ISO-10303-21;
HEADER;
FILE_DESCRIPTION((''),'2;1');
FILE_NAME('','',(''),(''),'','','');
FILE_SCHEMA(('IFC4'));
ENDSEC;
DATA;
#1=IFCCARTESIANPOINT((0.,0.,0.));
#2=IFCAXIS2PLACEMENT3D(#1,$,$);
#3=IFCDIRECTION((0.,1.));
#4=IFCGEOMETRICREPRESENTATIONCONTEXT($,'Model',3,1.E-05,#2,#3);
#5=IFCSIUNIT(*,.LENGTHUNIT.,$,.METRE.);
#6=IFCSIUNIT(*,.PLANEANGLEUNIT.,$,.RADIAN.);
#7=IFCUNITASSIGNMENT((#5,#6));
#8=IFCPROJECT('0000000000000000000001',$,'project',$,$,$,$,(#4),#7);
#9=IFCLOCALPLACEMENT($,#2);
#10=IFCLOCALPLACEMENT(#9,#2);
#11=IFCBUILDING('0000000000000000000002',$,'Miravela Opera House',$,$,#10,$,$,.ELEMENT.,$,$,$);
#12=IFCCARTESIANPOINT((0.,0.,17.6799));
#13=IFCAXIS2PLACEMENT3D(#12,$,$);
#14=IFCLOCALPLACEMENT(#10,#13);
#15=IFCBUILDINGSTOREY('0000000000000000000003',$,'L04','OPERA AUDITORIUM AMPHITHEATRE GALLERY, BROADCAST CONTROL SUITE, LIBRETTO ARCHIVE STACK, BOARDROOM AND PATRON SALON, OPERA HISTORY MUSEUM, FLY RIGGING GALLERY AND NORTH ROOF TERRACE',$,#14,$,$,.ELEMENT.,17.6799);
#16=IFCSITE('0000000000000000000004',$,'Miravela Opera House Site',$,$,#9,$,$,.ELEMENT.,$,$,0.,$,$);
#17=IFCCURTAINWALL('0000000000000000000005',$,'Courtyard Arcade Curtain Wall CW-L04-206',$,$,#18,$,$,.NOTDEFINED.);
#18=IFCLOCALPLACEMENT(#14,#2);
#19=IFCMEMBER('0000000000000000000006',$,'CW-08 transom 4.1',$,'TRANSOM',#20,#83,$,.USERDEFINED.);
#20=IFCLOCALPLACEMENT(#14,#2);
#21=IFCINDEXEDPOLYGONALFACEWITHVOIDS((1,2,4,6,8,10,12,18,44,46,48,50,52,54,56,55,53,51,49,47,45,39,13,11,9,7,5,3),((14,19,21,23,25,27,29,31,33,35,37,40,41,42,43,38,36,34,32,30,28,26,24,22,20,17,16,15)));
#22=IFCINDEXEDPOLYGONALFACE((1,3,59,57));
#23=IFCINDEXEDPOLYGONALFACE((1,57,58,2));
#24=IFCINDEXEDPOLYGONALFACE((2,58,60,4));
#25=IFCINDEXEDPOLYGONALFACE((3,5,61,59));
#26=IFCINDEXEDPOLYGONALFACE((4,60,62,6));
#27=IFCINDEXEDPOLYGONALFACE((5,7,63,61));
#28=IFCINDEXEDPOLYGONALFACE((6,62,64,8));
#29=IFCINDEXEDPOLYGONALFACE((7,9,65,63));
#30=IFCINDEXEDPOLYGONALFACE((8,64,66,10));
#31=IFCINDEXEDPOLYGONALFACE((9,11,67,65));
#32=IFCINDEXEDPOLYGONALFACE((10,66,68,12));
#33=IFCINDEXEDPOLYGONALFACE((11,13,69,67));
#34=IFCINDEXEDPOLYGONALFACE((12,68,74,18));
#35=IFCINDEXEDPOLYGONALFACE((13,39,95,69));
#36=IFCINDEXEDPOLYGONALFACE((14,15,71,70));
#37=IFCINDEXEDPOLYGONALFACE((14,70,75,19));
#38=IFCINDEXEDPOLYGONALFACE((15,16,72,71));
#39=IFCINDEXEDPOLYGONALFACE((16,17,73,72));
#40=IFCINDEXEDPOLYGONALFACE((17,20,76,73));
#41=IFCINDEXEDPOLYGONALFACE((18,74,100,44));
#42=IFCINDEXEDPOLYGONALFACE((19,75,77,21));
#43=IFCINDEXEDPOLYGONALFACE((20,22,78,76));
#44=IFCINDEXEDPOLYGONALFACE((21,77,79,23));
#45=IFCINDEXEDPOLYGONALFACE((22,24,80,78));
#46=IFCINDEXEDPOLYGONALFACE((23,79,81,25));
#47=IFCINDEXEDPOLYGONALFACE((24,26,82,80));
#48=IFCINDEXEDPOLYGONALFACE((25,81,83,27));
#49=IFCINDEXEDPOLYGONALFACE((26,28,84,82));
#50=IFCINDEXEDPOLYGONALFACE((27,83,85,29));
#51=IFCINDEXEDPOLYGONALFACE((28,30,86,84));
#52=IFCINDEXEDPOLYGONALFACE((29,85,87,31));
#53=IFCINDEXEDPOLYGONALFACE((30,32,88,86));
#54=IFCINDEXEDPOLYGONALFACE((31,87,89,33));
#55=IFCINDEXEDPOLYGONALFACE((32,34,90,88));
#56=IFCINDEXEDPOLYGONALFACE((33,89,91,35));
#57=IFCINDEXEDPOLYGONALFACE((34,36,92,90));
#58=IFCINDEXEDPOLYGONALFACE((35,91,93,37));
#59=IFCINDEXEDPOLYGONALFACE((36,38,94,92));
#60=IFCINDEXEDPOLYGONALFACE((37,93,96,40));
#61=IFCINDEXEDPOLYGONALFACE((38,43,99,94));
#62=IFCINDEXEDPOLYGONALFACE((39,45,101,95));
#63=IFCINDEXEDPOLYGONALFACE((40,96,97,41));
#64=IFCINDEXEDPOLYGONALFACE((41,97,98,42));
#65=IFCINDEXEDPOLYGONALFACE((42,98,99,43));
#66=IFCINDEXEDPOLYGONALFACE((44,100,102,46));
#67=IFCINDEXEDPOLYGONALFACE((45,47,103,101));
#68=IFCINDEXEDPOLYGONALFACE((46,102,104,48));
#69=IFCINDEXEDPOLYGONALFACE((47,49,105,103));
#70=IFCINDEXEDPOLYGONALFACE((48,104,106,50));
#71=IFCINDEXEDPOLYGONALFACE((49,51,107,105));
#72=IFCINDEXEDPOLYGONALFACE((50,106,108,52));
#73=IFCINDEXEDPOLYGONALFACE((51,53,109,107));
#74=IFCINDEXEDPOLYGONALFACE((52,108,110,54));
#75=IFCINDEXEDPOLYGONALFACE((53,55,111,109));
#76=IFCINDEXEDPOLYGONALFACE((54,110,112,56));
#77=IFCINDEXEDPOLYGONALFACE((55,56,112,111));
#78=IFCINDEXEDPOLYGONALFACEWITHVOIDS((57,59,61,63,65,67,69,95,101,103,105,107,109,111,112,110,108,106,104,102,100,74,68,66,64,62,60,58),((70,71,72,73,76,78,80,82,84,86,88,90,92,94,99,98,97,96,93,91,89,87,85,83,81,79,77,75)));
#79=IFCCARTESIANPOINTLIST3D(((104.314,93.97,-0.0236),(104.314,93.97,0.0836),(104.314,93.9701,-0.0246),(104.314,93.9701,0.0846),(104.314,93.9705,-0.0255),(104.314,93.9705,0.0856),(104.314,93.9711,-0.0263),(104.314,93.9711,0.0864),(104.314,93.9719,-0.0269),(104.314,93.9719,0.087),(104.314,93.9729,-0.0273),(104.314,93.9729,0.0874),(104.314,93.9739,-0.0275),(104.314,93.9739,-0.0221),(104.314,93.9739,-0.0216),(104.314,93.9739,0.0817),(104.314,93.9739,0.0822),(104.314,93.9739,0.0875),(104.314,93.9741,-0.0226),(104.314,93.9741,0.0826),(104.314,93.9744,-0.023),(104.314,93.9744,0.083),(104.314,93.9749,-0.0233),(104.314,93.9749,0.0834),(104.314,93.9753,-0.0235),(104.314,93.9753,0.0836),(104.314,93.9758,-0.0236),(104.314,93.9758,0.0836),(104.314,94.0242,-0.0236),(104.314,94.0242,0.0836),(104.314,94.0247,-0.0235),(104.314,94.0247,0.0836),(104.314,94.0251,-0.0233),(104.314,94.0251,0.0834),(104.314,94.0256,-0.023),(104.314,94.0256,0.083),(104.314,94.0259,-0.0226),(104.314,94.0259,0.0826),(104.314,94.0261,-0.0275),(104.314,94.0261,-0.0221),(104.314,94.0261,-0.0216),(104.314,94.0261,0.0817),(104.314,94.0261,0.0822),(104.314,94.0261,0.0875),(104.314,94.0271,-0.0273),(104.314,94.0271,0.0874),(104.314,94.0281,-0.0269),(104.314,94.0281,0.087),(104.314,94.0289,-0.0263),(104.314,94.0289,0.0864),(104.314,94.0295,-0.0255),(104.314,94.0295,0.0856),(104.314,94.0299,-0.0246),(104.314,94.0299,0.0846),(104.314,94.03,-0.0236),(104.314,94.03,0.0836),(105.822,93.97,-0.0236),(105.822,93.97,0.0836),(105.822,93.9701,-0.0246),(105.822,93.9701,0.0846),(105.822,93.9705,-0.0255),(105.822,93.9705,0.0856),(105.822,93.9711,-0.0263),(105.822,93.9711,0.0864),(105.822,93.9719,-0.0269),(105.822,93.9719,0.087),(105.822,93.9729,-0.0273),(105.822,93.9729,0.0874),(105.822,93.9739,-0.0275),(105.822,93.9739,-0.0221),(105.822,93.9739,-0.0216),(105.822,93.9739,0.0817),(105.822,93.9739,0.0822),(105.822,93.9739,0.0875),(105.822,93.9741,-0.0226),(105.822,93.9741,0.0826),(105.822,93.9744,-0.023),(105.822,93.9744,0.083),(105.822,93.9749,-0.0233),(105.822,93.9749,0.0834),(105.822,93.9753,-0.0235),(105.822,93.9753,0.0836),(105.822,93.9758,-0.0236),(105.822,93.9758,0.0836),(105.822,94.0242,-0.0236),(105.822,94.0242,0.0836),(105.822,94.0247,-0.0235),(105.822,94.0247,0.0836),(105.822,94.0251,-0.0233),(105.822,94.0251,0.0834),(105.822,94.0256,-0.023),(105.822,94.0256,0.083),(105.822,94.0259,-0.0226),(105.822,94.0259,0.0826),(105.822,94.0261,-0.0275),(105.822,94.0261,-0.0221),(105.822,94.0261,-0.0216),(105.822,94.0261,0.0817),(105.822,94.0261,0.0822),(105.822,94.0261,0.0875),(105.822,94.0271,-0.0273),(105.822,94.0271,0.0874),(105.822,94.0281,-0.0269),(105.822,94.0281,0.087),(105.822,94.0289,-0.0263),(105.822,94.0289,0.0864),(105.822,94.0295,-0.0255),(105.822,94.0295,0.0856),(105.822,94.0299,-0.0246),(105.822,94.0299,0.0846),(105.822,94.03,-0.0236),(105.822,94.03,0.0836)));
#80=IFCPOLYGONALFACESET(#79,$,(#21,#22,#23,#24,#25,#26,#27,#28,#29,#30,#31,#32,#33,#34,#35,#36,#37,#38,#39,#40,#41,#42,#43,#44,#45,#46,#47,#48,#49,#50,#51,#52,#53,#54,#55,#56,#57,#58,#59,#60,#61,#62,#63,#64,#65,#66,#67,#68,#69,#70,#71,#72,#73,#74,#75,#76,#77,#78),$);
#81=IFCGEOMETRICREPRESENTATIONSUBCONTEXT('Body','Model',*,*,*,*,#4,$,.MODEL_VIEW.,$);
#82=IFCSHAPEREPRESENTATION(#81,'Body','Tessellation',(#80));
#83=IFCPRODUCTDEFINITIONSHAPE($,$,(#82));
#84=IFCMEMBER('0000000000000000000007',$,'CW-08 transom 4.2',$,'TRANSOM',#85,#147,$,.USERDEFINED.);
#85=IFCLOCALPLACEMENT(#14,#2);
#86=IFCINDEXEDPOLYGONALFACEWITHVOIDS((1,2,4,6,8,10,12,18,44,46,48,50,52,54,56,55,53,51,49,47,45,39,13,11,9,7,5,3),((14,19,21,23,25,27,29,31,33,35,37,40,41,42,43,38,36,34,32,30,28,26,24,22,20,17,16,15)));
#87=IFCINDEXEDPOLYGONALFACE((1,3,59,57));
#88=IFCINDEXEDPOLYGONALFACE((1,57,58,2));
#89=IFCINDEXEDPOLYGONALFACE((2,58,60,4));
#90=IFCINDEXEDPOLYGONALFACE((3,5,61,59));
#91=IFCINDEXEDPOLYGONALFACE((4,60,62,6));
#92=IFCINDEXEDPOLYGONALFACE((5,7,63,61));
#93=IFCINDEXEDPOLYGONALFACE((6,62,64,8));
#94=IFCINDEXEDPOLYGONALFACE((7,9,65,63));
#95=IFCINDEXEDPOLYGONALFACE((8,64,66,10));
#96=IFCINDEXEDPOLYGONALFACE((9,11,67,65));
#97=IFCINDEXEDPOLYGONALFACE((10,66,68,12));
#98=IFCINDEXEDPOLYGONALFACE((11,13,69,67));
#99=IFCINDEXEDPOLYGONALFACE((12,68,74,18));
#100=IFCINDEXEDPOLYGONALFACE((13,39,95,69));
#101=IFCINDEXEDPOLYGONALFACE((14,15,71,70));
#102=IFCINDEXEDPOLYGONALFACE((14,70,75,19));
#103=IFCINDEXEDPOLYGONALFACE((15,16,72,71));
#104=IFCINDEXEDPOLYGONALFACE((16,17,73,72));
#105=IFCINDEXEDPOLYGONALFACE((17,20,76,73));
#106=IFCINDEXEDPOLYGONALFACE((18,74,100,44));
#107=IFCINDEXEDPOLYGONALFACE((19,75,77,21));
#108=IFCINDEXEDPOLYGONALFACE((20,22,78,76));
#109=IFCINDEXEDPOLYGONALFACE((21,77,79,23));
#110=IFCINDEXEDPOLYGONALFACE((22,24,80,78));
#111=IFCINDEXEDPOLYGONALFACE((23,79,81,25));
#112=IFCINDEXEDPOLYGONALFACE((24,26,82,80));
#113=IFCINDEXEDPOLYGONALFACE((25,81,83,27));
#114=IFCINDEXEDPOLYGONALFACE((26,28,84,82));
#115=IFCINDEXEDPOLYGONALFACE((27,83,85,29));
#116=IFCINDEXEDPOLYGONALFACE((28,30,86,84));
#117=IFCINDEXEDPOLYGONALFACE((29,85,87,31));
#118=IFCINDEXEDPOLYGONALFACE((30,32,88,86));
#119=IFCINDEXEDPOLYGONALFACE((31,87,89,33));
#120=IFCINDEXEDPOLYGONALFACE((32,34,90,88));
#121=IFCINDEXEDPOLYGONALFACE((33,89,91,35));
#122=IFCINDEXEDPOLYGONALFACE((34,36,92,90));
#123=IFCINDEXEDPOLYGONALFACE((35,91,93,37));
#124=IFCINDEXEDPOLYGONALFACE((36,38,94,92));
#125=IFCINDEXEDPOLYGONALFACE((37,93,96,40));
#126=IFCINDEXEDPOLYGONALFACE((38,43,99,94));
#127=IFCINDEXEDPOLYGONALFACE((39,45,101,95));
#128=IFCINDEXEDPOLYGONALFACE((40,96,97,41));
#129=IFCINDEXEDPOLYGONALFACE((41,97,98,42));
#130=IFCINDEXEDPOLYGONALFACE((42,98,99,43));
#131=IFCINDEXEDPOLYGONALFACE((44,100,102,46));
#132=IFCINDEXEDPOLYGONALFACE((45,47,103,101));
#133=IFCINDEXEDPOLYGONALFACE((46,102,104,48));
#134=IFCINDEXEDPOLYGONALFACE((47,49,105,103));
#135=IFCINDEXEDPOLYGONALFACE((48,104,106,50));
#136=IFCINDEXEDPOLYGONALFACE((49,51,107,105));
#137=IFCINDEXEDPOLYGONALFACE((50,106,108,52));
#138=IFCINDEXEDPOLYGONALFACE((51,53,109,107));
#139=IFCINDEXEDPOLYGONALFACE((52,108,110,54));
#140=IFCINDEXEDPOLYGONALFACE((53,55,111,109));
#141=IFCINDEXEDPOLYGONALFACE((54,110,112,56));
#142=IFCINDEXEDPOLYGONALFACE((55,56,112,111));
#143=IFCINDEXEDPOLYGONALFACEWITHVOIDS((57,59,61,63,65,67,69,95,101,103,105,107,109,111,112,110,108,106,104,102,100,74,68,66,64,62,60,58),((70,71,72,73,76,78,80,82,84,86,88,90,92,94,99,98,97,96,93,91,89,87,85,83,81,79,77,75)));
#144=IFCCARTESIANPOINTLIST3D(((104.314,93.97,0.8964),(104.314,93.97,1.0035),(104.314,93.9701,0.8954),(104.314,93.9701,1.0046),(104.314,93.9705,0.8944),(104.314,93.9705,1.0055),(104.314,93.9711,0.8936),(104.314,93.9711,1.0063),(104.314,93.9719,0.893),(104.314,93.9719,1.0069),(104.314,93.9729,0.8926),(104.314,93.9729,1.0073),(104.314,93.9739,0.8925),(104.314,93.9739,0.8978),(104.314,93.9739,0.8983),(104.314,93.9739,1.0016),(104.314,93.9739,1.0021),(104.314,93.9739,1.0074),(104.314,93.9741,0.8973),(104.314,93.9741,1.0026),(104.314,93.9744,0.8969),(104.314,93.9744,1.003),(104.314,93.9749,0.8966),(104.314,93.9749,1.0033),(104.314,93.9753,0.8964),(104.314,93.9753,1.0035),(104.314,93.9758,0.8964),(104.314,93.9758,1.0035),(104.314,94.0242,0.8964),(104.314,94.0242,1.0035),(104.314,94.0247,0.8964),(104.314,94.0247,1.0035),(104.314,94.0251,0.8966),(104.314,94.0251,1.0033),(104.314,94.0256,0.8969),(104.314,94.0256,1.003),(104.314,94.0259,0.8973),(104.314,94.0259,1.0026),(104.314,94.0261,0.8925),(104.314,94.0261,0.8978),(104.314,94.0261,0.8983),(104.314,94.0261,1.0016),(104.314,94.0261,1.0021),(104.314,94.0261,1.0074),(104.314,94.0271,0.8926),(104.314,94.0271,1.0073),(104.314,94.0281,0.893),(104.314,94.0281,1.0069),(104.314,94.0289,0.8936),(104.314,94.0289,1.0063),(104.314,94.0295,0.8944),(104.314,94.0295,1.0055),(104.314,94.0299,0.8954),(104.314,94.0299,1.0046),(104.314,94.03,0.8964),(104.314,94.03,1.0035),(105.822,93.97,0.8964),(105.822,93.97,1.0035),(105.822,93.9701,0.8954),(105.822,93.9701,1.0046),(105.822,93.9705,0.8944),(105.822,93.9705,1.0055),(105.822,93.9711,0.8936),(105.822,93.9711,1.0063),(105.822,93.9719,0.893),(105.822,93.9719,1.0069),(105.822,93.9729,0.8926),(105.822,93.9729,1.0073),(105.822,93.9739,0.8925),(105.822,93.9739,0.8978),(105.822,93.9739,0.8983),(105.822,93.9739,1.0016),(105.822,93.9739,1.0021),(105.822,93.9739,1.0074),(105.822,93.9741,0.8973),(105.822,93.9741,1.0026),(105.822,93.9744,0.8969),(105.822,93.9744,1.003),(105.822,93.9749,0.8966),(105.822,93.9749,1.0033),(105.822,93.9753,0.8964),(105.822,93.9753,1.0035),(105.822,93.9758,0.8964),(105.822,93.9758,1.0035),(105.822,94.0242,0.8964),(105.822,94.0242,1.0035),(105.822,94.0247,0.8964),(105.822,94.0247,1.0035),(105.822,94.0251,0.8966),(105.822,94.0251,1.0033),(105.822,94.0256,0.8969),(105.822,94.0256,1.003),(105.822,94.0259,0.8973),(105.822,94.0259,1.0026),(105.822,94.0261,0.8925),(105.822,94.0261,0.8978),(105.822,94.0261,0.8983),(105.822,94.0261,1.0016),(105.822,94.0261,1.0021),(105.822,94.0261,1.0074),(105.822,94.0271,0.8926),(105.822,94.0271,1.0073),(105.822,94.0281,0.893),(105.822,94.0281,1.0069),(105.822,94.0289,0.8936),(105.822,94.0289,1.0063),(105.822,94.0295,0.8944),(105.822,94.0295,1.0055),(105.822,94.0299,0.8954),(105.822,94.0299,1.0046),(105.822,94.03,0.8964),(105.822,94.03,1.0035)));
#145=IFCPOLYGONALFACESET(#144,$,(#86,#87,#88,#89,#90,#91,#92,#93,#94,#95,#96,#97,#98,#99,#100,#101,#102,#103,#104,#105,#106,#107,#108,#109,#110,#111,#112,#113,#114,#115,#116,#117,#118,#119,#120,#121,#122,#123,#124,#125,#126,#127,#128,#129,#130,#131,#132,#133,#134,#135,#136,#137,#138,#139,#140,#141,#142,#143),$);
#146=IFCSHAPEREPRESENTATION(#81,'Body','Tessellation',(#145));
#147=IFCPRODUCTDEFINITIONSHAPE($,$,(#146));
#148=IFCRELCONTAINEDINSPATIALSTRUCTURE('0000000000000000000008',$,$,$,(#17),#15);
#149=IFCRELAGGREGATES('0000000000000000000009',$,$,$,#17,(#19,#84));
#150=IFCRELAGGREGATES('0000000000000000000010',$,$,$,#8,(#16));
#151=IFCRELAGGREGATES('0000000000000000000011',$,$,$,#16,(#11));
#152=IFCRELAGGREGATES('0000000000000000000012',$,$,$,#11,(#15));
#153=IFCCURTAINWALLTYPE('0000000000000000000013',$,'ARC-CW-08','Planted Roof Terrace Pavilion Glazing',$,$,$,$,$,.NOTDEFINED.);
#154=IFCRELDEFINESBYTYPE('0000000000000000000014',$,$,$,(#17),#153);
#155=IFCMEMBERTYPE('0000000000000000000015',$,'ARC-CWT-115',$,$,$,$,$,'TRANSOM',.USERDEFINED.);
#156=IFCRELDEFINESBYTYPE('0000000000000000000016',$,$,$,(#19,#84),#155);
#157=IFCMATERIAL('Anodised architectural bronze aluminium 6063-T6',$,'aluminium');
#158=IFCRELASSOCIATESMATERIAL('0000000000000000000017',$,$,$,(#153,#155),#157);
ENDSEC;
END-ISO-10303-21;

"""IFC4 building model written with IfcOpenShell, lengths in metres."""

from ifc_helpers import new_model, si_unit, direction, frame, origin, origin_2d, place, context, subcontext, project, spatial, hollow_rectangle, extrude, material, material_profile, profile_set, type_object, element, aggregate, save


model = new_model("IFC4")

# Units and contexts
model_context = context("Model", 3, precision=1e-05, world=origin(), true_north=direction((0.0, 1.0)))
body_context = subcontext(model_context, "Body", "Model", "MODEL_VIEW")
ifc_project = project(units=[si_unit("LENGTHUNIT", "METRE"), si_unit("PLANEANGLEUNIT", "RADIAN")], contexts=[model_context])

# Site, building, storey
site_placement = place(None, origin())
site = spatial("IfcSite", under=ifc_project, at=site_placement, Name="Miravela Opera House Site", CompositionType="ELEMENT", RefElevation=0.0)
building_placement = place(site_placement, origin())
building = spatial("IfcBuilding", under=site, at=building_placement, Name="Miravela Opera House", CompositionType="ELEMENT")
storey_placement = place(building_placement, frame((0.0, 0.0, 17.6799)))
storey = spatial("IfcBuildingStorey", under=building, at=storey_placement, Name="L04", Description="OPERA AUDITORIUM AMPHITHEATRE GALLERY, BROADCAST CONTROL SUITE, LIBRETTO ARCHIVE STACK, BOARDROOM AND PATRON SALON, OPERA HISTORY MUSEUM, FLY RIGGING GALLERY AND NORTH ROOF TERRACE", CompositionType="ELEMENT", Elevation=17.6799)

# Curtain wall, members
ifc_material_1 = material(Name="Anodised architectural bronze aluminium 6063-T6", Category="aluminium")
curtain_wall_type = type_object("IfcCurtainWallType", Name="ARC-CW-08", Description="Planted Roof Terrace Pavilion Glazing", PredefinedType="NOTDEFINED", material=ifc_material_1)
curtain_wall_placement = place(storey_placement, origin())
curtain_wall = element("IfcCurtainWall", 1, at=curtain_wall_placement, inside=storey, type_object=curtain_wall_type, Name="Courtyard Arcade Curtain Wall CW-L04-206", PredefinedType="NOTDEFINED")
ifc_material_profile_1 = material_profile(ifc_material_1, hollow_rectangle(XDim=0.0601, YDim=0.115, WallThickness=0.0039, InnerFilletRadius=0.002, OuterFilletRadius=0.0039, at=origin_2d()), Name="CWT-60X115")
ifc_profile_set_1 = profile_set([ifc_material_profile_1])
member_type_1 = type_object("IfcMemberType", Name="ARC-CWT-115", ElementType="TRANSOM", PredefinedType="USERDEFINED", material=ifc_profile_set_1)
member_1_placement = place(storey_placement, frame((104.314, 94.0, 0.03), z_axis=(1.0, 0.0, 0.0), x_axis=(0.0, 1.0, 0.0)))
member_1 = element("IfcMember", 2, at=member_1_placement, type_object=member_type_1, Name="CW-08 transom 4.1", ObjectType="TRANSOM", PredefinedType="USERDEFINED", context=body_context, shape_type="SweptSolid", body=[
    extrude(hollow_rectangle(XDim=0.0601, YDim=0.115, WallThickness=0.0039, InnerFilletRadius=0.002, OuterFilletRadius=0.0039, at=origin_2d()), origin(), (0.0, 0.0, 1.0), 1.5081),
])
member_2_placement = place(storey_placement, frame((104.314, 94.0, 0.95), z_axis=(1.0, 0.0, 0.0), x_axis=(0.0, 1.0, 0.0)))
member_2 = element("IfcMember", 3, at=member_2_placement, type_object=member_type_1, Name="CW-08 transom 4.2", ObjectType="TRANSOM", PredefinedType="USERDEFINED", context=body_context, shape_type="SweptSolid", body=[
    extrude(hollow_rectangle(XDim=0.0601, YDim=0.115, WallThickness=0.0039, InnerFilletRadius=0.002, OuterFilletRadius=0.0039, at=origin_2d()), origin(), (0.0, 0.0, 1.0), 1.5081),
])

aggregate(curtain_wall, [member_1, member_2])

save(model, "model.ifc")
